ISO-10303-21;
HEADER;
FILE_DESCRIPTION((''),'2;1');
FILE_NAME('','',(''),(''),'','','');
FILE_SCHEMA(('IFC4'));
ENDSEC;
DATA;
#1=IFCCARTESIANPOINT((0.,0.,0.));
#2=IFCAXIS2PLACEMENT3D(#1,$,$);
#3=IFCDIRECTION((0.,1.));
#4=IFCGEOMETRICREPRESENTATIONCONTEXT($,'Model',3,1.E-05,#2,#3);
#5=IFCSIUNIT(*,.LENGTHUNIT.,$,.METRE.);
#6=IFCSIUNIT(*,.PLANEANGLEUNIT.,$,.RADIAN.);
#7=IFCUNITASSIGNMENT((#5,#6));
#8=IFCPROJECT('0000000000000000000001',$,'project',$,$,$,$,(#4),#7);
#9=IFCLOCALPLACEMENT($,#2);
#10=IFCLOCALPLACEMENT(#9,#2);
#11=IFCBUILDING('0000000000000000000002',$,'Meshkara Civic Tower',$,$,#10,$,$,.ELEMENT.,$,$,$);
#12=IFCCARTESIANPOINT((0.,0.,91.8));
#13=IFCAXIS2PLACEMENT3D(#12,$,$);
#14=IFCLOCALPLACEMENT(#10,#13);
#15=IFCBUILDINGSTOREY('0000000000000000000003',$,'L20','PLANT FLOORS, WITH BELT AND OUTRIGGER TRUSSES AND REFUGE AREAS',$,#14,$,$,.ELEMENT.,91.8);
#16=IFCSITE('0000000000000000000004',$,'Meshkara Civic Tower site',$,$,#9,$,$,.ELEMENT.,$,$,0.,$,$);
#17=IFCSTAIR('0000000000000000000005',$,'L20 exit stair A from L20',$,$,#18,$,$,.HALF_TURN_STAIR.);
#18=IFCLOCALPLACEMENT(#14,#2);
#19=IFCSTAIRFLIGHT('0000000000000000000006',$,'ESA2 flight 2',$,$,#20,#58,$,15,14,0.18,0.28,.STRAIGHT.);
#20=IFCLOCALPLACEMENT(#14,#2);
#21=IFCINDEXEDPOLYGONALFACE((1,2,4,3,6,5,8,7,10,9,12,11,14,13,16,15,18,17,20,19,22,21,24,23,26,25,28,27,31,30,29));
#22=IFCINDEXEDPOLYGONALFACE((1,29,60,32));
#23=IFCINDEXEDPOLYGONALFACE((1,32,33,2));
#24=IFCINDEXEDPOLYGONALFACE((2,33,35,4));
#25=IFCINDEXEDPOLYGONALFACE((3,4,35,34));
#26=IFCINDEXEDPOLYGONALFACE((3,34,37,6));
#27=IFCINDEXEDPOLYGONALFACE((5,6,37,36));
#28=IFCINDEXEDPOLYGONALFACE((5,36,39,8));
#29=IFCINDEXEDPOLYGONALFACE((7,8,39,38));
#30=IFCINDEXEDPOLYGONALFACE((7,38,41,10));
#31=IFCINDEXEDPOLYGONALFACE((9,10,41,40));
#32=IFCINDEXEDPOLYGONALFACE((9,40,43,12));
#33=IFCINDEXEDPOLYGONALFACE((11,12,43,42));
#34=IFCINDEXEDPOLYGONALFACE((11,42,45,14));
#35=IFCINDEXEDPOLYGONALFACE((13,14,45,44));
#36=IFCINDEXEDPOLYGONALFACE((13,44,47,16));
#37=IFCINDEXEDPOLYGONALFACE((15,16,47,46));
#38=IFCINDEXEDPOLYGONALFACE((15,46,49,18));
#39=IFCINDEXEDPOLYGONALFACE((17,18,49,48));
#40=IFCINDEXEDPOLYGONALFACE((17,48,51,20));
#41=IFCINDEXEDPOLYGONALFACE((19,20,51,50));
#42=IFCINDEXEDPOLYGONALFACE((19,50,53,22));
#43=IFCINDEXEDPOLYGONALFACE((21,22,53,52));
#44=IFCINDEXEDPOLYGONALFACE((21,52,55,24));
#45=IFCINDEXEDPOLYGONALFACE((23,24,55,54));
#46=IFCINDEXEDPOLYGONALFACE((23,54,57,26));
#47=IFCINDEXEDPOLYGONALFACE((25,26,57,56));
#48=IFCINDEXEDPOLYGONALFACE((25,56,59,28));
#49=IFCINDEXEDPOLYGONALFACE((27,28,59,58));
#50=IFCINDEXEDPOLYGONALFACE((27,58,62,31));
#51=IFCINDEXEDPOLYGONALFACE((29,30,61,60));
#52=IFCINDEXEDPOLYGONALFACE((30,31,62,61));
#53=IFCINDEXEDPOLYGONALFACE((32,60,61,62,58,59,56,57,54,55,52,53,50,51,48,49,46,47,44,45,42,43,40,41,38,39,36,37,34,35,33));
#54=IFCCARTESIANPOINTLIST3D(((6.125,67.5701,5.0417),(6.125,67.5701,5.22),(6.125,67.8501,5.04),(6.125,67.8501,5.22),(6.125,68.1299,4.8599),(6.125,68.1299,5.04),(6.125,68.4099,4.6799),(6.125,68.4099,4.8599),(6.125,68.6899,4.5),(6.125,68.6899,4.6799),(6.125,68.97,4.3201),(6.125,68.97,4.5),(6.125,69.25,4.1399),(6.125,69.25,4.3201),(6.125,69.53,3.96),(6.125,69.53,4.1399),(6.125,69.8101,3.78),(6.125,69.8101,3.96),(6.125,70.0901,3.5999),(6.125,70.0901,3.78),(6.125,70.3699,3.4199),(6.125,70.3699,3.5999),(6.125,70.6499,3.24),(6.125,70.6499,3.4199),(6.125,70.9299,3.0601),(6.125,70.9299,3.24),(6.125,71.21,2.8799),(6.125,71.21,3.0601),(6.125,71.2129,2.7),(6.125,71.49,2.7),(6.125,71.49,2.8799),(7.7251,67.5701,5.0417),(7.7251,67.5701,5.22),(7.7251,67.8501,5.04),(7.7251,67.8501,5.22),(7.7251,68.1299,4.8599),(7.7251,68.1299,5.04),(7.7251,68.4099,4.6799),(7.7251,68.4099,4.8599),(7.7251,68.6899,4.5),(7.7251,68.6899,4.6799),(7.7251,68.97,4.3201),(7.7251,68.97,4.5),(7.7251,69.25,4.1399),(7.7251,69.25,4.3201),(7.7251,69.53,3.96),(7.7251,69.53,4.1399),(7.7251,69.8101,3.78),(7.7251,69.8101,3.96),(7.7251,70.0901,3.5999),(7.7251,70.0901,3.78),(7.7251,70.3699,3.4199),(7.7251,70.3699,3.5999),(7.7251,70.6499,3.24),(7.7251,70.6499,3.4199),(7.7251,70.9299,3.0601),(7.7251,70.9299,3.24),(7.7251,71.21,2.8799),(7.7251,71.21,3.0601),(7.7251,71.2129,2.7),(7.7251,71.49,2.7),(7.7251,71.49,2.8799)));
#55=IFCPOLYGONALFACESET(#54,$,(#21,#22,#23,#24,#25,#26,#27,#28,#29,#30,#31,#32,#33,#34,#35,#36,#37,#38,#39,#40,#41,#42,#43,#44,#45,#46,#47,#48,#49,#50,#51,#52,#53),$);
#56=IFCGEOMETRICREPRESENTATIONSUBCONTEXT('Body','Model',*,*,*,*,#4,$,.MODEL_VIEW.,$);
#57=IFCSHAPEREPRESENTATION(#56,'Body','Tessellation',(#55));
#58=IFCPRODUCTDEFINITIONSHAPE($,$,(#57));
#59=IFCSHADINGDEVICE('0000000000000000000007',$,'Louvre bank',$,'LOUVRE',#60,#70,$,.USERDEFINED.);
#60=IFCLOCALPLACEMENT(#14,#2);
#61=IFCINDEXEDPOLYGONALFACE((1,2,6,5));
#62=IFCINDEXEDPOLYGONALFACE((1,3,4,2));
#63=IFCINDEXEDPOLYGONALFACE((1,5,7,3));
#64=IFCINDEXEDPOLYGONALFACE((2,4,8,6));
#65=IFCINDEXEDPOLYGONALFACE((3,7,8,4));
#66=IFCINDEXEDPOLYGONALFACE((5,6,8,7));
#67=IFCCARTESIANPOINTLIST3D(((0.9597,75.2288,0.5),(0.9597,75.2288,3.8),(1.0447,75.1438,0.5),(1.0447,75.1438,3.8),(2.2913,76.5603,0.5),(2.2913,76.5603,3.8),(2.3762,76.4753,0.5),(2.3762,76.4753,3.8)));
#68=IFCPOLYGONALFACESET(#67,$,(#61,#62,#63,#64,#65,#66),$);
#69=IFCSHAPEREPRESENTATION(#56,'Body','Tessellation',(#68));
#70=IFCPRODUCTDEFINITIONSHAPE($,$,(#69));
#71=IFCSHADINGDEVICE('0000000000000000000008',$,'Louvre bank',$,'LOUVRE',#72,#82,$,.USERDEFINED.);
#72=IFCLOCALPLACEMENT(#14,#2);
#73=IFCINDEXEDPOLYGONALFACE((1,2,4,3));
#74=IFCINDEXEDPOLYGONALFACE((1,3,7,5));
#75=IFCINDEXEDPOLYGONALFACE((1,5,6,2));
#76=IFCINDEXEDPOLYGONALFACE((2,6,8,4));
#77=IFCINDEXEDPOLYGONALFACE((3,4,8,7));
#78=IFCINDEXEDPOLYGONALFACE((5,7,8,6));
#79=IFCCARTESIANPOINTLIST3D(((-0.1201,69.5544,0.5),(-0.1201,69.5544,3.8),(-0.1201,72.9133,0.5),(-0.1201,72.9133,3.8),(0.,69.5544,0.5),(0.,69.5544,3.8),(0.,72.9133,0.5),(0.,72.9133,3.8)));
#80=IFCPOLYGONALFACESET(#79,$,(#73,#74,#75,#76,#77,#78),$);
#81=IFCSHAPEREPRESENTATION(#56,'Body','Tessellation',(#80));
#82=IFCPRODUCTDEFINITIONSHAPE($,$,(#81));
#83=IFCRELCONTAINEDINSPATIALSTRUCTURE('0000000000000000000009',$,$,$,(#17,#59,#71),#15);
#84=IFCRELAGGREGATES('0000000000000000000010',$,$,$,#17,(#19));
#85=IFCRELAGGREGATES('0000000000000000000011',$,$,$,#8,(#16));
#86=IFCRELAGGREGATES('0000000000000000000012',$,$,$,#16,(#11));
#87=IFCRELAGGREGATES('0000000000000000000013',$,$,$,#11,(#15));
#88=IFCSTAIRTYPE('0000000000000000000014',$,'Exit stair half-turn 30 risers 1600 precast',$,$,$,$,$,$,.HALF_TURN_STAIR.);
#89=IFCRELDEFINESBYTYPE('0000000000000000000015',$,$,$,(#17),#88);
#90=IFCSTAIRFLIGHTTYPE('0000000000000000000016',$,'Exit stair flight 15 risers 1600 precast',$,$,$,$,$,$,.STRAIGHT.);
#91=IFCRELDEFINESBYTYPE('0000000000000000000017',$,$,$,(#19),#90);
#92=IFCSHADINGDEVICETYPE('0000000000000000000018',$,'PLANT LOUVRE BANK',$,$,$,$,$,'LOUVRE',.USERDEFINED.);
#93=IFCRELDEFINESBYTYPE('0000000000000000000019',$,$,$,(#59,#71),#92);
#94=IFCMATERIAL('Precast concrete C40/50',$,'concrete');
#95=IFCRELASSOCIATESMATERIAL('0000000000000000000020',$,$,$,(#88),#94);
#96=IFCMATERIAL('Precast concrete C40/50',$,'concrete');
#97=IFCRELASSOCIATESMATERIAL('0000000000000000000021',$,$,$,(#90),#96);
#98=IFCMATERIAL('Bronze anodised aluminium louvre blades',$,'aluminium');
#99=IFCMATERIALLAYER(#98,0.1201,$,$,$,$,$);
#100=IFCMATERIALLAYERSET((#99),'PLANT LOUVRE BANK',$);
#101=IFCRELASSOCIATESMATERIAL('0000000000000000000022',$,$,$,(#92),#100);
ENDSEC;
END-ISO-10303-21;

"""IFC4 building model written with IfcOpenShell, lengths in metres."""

from ifc_helpers import new_model, si_unit, direction, frame, origin, origin_2d, place, context, subcontext, project, spatial, polyline, rectangle, outline, extrude, material, layer, layer_set, type_object, element, aggregate, save


model = new_model("IFC4")

# Units and contexts
model_context = context("Model", 3, precision=1e-05, world=origin(), true_north=direction((0.0, 1.0)))
body_context = subcontext(model_context, "Body", "Model", "MODEL_VIEW")
ifc_project = project(units=[si_unit("LENGTHUNIT", "METRE"), si_unit("PLANEANGLEUNIT", "RADIAN")], contexts=[model_context])

# Site, building, storey
site_placement = place(None, origin())
site = spatial("IfcSite", under=ifc_project, at=site_placement, Name="Meshkara Civic Tower site", CompositionType="ELEMENT", RefElevation=0.0)
building_placement = place(site_placement, origin())
building = spatial("IfcBuilding", under=site, at=building_placement, Name="Meshkara Civic Tower", CompositionType="ELEMENT")
storey_placement = place(building_placement, frame((0.0, 0.0, 91.8)))
storey = spatial("IfcBuildingStorey", under=building, at=storey_placement, Name="L20", Description="PLANT FLOORS, WITH BELT AND OUTRIGGER TRUSSES AND REFUGE AREAS", CompositionType="ELEMENT", Elevation=91.8)

# Stair, stair flight
ifc_material_1 = material(Name="Precast concrete C40/50", Category="concrete")
stair_type = type_object("IfcStairType", Name="Exit stair half-turn 30 risers 1600 precast", PredefinedType="HALF_TURN_STAIR", material=ifc_material_1)
stair_placement = place(storey_placement, origin())
stair = element("IfcStair", 1, at=stair_placement, inside=storey, type_object=stair_type, Name="L20 exit stair A from L20", PredefinedType="HALF_TURN_STAIR")
ifc_material_2 = material(Name="Precast concrete C40/50", Category="concrete")
stair_flight_type = type_object("IfcStairFlightType", Name="Exit stair flight 15 risers 1600 precast", PredefinedType="STRAIGHT", material=ifc_material_2)
stair_flight_1_placement = place(storey_placement, frame((6.925, 71.49, 2.7), z_axis=(0.0, 0.0, 1.0), x_axis=(0.0, -1.0, 0.0)))
stair_flight_1 = element("IfcStairFlight", 2, at=stair_flight_1_placement, type_object=stair_flight_type, Name="ESA2 flight 2", NumberOfRisers=15, NumberOfTreads=14, PredefinedType="STRAIGHT", RiserHeight=0.18, TreadLength=0.28, context=body_context, shape_type="SweptSolid", body=[
    extrude(outline(polyline([(0.0, 0.0), (0.0, 0.1799), (0.28, 0.1799), (0.28, 0.3601), (0.5601, 0.3601), (0.5601, 0.54), (0.8401, 0.54), (0.8401, 0.72), (1.1201, 0.72), (1.1201, 0.8999), (1.3999, 0.8999), (1.3999, 1.0801), (1.6799, 1.0801), (1.6799, 1.26), (1.96, 1.26), (1.96, 1.4399), (2.24, 1.4399), (2.24, 1.6201), (2.52, 1.6201), (2.52, 1.8), (2.8, 1.8), (2.8, 1.98), (3.0801, 1.98), (3.0801, 2.1599), (3.3601, 2.1599), (3.3601, 2.3401), (3.6399, 2.3401), (3.6399, 2.52), (3.9199, 2.52), (3.9199, 2.7), (3.9199, 2.3418), (0.2771, 0.0), (0.0, 0.0)])), frame((0.0, 0.8, 0.0), z_axis=(0.0, -1.0, 0.0), x_axis=(1.0, 0.0, 0.0)), (0.0, 0.0, 1.0), 1.6001),
])
aggregate(stair, [stair_flight_1])

# Shading devices
ifc_material_3 = material(Name="Bronze anodised aluminium louvre blades", Category="aluminium")
ifc_layer_1 = layer(ifc_material_3, 0.1201)
ifc_layer_set_1 = layer_set([ifc_layer_1], Name="PLANT LOUVRE BANK")
shading_device_type = type_object("IfcShadingDeviceType", Name="PLANT LOUVRE BANK", ElementType="LOUVRE", PredefinedType="USERDEFINED", material=ifc_layer_set_1)
shading_device_1_placement = place(storey_placement, frame((1.668, 75.8521, 0.5), z_axis=(0.0, 0.0, 1.0), x_axis=(-0.707107, -0.707107, 0.0)))
element("IfcShadingDevice", 3, at=shading_device_1_placement, inside=storey, type_object=shading_device_type, Name="Louvre bank", ObjectType="LOUVRE", PredefinedType="USERDEFINED", context=body_context, shape_type="SweptSolid", body=[
    extrude(rectangle(XDim=1.8831, YDim=0.1201, at=origin_2d()), origin(), (0.0, 0.0, 1.0), 3.3),
])
shading_device_2_placement = place(storey_placement, frame((-0.0601, 71.2339, 0.5), z_axis=(0.0, 0.0, 1.0), x_axis=(0.0, -1.0, 0.0)))
element("IfcShadingDevice", 4, at=shading_device_2_placement, inside=storey, type_object=shading_device_type, Name="Louvre bank", ObjectType="LOUVRE", PredefinedType="USERDEFINED", context=body_context, shape_type="SweptSolid", body=[
    extrude(rectangle(XDim=3.3589, YDim=0.1201, at=origin_2d()), origin(), (0.0, 0.0, 1.0), 3.3),
])

save(model, "model.ifc")
